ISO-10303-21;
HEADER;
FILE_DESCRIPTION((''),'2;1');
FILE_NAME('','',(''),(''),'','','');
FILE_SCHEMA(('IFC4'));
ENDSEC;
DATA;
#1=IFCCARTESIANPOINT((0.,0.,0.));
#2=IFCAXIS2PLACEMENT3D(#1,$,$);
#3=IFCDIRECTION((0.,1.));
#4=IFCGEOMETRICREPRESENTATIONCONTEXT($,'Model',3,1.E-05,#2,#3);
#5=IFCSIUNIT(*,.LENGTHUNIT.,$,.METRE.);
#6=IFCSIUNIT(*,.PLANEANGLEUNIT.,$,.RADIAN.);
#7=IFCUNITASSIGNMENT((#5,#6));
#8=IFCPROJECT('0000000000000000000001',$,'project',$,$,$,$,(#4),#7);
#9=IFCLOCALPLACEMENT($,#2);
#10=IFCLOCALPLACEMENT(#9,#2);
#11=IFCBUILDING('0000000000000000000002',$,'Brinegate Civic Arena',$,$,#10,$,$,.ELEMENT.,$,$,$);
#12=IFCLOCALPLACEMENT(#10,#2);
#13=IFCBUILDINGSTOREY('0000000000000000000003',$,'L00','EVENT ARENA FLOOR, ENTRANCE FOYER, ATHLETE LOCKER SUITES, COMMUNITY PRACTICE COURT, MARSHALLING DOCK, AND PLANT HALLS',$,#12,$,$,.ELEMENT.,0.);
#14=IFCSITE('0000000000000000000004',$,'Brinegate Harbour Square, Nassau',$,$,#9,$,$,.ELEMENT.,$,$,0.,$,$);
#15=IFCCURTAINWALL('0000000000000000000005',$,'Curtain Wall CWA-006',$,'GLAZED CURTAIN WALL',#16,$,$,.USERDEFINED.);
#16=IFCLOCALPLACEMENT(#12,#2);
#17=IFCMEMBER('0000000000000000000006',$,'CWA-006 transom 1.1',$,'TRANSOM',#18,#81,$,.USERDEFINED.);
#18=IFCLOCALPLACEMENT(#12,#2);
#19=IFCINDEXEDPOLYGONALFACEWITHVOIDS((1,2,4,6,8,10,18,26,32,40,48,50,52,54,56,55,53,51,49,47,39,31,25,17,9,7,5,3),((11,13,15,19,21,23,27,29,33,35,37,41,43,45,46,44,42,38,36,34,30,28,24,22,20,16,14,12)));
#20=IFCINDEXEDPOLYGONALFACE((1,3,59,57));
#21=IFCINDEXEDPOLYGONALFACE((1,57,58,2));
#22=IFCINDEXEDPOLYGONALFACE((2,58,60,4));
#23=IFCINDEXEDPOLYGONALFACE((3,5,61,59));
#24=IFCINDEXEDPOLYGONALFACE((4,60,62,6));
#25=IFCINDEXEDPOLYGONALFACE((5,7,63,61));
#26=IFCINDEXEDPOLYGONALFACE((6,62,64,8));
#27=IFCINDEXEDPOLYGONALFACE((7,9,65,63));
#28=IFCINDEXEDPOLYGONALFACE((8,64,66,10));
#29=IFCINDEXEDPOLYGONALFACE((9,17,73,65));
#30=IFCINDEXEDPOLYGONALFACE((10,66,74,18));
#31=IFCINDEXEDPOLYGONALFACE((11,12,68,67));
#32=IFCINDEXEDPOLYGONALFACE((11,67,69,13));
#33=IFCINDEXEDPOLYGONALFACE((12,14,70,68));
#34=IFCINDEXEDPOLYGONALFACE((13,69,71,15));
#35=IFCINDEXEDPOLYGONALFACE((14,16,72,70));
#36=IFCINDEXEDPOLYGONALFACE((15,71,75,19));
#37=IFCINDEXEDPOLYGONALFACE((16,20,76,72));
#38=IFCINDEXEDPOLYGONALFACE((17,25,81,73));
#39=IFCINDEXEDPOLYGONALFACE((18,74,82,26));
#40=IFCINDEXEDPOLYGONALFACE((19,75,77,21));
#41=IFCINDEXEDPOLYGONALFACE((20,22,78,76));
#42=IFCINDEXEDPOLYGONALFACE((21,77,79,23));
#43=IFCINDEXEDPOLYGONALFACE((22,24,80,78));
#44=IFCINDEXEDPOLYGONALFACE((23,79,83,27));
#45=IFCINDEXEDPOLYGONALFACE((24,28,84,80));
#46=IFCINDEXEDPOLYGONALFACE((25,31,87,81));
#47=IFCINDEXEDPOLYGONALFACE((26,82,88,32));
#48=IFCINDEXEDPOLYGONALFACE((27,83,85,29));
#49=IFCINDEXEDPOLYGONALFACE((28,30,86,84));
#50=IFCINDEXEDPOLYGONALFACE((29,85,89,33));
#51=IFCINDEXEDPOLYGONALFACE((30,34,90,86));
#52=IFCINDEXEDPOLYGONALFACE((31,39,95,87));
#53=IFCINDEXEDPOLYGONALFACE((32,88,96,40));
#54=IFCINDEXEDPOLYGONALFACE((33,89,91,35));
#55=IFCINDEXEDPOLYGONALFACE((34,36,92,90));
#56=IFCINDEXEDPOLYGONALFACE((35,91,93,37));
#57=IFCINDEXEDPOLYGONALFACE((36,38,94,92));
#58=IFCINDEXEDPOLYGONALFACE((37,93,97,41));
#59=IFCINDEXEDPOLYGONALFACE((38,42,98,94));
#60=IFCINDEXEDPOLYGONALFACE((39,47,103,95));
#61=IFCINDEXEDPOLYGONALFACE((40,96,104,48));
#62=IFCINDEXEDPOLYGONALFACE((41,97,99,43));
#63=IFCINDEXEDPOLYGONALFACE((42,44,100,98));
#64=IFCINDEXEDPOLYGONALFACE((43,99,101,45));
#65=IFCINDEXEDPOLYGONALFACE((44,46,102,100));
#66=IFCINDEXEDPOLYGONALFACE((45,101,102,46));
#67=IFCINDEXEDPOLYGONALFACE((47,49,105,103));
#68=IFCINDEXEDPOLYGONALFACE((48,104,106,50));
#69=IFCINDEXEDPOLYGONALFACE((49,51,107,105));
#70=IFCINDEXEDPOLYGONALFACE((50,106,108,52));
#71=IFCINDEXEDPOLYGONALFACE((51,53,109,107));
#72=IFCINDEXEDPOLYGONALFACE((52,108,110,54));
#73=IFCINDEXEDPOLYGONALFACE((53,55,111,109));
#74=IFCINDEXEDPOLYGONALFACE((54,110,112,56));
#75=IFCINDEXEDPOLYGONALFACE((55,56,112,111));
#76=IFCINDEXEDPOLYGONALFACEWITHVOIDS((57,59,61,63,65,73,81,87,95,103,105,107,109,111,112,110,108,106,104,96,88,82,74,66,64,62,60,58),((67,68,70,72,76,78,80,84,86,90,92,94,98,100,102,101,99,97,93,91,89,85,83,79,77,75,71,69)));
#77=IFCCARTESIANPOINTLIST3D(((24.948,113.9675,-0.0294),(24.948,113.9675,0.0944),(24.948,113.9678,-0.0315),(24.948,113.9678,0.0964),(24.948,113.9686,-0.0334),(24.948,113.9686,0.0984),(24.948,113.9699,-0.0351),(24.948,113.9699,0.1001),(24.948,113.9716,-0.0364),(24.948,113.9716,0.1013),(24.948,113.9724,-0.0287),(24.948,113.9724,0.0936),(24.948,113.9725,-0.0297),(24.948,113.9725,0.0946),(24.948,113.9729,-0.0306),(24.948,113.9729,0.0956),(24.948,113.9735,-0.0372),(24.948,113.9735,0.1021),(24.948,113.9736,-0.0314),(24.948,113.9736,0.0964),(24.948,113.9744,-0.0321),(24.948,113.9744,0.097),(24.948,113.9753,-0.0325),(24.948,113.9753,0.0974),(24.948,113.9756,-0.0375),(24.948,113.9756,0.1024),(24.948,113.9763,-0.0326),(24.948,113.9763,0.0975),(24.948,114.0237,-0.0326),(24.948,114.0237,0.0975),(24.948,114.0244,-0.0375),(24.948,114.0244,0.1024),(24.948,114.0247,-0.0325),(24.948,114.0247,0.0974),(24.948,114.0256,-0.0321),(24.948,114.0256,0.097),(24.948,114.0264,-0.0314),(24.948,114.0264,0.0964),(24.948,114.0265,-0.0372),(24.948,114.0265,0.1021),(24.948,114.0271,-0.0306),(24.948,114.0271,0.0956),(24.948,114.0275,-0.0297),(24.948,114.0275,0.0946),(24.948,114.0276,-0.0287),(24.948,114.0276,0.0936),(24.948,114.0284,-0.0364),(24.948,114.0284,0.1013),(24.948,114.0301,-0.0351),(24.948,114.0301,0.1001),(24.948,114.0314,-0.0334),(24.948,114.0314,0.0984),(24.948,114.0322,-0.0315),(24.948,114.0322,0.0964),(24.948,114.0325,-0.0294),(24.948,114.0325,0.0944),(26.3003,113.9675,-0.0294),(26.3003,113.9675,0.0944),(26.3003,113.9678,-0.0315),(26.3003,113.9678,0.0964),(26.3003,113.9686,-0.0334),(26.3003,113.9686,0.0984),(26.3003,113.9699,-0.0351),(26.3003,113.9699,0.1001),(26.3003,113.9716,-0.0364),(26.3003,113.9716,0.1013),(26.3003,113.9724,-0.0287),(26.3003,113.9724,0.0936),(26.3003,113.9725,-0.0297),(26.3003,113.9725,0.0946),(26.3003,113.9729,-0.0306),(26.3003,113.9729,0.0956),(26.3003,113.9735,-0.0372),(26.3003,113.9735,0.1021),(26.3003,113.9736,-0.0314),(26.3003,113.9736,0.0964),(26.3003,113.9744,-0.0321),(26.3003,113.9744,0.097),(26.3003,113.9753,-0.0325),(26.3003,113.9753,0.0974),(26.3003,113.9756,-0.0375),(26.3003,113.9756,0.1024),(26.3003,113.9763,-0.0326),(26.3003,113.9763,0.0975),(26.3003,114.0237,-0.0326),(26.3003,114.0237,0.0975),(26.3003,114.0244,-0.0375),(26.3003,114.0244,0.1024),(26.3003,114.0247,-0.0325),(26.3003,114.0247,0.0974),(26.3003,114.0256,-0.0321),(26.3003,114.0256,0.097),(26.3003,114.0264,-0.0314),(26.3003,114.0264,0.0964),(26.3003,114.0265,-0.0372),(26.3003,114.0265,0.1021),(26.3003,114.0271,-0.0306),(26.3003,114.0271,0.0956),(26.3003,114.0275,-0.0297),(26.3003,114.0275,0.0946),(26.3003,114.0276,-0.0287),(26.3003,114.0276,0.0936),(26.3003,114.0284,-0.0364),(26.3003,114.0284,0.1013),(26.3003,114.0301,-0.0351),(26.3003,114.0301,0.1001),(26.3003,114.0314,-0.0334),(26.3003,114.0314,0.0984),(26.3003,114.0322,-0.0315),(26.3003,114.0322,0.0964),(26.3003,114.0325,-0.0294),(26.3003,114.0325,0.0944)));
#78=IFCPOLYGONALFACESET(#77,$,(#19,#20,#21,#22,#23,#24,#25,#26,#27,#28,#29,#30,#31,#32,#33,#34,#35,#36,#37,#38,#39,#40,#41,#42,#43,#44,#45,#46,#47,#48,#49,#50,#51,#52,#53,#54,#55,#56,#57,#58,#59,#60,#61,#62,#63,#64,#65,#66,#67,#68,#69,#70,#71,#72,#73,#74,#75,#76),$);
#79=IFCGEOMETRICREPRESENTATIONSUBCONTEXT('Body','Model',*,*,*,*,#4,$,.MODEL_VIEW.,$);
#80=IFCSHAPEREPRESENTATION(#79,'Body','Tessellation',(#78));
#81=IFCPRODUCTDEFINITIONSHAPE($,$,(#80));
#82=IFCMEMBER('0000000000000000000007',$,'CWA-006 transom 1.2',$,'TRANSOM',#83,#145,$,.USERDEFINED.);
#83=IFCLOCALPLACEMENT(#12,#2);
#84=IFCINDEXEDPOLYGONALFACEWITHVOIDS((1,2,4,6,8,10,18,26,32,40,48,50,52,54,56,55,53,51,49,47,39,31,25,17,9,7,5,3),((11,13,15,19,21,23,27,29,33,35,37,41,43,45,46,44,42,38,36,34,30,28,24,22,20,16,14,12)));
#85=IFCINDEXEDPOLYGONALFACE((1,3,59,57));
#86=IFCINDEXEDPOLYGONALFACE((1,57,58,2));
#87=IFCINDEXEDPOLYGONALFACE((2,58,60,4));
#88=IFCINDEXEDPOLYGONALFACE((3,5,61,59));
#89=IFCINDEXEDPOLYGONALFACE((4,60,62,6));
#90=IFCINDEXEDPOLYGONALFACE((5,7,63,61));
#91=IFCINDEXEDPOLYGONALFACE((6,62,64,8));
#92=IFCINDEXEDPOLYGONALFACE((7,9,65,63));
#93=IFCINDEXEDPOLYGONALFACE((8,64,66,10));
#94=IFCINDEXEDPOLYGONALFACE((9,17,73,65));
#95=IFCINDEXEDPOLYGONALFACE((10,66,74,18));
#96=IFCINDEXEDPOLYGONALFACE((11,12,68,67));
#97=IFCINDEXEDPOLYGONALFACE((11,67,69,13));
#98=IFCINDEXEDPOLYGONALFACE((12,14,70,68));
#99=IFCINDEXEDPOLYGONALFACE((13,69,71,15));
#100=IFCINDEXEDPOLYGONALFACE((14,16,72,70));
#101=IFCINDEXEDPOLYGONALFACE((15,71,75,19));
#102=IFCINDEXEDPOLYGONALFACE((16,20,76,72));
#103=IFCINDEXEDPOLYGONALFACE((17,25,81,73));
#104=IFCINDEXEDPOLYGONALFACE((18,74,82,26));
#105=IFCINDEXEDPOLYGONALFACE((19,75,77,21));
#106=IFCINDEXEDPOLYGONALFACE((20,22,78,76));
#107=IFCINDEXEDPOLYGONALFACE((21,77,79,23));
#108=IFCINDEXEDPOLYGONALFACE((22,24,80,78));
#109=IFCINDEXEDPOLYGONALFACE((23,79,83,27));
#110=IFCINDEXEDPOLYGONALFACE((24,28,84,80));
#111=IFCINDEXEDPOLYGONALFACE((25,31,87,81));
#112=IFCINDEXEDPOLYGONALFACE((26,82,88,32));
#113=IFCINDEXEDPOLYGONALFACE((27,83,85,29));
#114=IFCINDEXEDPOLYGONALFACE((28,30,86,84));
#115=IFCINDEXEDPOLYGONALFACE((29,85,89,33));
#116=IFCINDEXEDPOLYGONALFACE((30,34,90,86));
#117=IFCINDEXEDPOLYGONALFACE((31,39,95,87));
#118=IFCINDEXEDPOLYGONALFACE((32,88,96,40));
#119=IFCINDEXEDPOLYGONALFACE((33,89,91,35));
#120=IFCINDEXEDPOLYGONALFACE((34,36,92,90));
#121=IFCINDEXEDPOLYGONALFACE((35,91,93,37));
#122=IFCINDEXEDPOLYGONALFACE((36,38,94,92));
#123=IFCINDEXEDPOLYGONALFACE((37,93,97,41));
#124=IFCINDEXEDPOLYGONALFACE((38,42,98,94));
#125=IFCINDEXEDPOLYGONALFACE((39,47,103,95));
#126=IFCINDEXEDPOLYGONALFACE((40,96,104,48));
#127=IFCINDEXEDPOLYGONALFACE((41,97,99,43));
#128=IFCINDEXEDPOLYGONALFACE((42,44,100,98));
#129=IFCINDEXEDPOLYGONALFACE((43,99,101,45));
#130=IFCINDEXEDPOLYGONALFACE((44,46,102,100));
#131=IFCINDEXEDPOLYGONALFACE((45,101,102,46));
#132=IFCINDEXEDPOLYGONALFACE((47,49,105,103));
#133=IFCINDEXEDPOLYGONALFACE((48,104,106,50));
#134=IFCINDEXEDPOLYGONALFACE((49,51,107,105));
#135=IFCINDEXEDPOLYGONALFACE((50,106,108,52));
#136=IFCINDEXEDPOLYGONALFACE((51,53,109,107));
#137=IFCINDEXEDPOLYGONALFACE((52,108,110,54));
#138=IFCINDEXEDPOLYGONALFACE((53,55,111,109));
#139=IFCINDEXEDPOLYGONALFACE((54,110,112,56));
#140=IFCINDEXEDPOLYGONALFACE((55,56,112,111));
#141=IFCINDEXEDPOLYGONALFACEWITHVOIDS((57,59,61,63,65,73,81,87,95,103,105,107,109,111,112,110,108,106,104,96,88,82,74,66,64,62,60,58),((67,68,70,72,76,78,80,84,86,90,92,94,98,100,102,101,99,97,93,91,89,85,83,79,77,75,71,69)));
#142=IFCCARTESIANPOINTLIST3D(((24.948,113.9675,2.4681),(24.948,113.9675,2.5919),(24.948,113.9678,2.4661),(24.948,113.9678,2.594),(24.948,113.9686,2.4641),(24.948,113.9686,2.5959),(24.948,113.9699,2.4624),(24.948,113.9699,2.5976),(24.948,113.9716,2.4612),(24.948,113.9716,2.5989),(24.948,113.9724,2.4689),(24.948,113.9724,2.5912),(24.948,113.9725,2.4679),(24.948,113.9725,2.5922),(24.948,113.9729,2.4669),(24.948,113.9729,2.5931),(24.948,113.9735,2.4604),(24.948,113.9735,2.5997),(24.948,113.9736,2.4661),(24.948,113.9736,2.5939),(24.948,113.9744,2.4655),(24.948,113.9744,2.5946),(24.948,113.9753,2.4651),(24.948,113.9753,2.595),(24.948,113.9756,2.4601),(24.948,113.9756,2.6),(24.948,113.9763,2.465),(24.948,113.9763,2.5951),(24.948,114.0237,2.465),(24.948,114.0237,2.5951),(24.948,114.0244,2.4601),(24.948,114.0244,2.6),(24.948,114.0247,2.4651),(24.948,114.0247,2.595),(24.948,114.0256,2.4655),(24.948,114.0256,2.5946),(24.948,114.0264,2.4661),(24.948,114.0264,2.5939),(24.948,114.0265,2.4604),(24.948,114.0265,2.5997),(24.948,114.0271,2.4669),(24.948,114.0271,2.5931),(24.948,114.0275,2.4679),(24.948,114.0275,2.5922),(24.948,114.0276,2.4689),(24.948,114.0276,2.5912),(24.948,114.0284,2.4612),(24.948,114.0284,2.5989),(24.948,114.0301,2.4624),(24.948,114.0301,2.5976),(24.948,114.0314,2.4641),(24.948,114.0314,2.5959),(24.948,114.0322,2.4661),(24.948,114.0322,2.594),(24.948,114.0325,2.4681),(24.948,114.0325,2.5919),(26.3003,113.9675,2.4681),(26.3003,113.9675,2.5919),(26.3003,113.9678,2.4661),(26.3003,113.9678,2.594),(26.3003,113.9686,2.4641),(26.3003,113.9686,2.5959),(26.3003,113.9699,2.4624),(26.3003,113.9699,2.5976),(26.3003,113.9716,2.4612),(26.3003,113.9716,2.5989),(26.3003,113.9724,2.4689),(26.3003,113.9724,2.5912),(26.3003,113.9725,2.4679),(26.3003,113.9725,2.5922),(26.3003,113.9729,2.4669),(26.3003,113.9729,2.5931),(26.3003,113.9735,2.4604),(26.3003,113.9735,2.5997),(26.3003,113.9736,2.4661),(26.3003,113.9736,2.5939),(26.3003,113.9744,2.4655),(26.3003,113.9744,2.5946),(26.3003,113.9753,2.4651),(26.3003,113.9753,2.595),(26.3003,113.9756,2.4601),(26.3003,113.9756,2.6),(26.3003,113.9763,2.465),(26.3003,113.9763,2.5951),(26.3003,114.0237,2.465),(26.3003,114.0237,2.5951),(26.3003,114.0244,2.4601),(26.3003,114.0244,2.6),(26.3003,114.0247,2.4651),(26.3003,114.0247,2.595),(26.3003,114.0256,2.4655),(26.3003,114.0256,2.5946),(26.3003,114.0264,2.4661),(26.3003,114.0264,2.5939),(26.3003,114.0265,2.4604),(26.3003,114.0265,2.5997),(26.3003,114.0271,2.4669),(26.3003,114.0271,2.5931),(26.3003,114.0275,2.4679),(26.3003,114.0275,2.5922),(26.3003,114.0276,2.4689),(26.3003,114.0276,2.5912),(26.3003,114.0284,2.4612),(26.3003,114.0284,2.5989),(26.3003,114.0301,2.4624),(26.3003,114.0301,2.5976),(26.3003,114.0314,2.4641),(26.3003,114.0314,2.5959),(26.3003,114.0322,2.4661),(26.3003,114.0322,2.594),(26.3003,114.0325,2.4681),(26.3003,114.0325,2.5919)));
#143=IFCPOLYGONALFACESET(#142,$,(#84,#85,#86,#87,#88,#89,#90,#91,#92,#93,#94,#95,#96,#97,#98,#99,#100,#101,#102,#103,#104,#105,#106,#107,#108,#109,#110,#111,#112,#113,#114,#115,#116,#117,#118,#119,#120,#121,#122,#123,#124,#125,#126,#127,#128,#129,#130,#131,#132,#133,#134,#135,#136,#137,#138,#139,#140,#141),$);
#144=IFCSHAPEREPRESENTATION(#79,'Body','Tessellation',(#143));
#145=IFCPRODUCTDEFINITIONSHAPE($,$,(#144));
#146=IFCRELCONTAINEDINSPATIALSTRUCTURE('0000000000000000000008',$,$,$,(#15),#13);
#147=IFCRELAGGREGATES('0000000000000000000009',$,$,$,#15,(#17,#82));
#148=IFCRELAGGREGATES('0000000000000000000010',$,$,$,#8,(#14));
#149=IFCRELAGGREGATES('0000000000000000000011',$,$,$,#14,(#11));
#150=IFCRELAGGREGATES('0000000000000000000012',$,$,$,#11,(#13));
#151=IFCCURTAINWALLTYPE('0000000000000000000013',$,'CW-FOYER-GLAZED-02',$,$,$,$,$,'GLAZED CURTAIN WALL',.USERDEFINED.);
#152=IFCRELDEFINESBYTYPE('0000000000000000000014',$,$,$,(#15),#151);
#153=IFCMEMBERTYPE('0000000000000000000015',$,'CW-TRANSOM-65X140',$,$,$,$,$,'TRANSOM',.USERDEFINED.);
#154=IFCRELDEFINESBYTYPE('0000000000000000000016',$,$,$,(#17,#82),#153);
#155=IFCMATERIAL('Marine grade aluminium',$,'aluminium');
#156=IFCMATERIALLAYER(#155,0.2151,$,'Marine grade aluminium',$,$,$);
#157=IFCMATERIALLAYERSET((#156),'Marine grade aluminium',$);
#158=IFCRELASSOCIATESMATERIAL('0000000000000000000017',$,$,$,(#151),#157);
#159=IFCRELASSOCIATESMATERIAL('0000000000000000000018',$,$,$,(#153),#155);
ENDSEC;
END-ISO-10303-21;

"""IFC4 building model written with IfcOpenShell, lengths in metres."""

from ifc_helpers import new_model, si_unit, direction, frame, origin, origin_2d, place, context, subcontext, project, spatial, hollow_rectangle, extrude, material, layer, layer_set, material_profile, profile_set, type_object, element, aggregate, save


model = new_model("IFC4")

# Units and contexts
model_context = context("Model", 3, precision=1e-05, world=origin(), true_north=direction((0.0, 1.0)))
body_context = subcontext(model_context, "Body", "Model", "MODEL_VIEW")
ifc_project = project(units=[si_unit("LENGTHUNIT", "METRE"), si_unit("PLANEANGLEUNIT", "RADIAN")], contexts=[model_context])

# Site, building, storey
site_placement = place(None, origin())
site = spatial("IfcSite", under=ifc_project, at=site_placement, Name="Brinegate Harbour Square, Nassau", CompositionType="ELEMENT", RefElevation=0.0)
building_placement = place(site_placement, origin())
building = spatial("IfcBuilding", under=site, at=building_placement, Name="Brinegate Civic Arena", CompositionType="ELEMENT")
storey_placement = place(building_placement, origin())
storey = spatial("IfcBuildingStorey", under=building, at=storey_placement, Name="L00", Description="EVENT ARENA FLOOR, ENTRANCE FOYER, ATHLETE LOCKER SUITES, COMMUNITY PRACTICE COURT, MARSHALLING DOCK, AND PLANT HALLS", CompositionType="ELEMENT", Elevation=0.0)

# Curtain wall, members
ifc_material_1 = material(Name="Marine grade aluminium", Category="aluminium")
ifc_layer_1 = layer(ifc_material_1, 0.2151, Name="Marine grade aluminium")
ifc_layer_set_1 = layer_set([ifc_layer_1], Name="Marine grade aluminium")
curtain_wall_type = type_object("IfcCurtainWallType", Name="CW-FOYER-GLAZED-02", ElementType="GLAZED CURTAIN WALL", PredefinedType="USERDEFINED", material=ifc_layer_set_1)
curtain_wall_placement = place(storey_placement, origin())
curtain_wall = element("IfcCurtainWall", 1, at=curtain_wall_placement, inside=storey, type_object=curtain_wall_type, Name="Curtain Wall CWA-006", ObjectType="GLAZED CURTAIN WALL", PredefinedType="USERDEFINED")
ifc_material_profile_1 = material_profile(ifc_material_1, hollow_rectangle(XDim=0.0649, YDim=0.1399, WallThickness=0.0049, InnerFilletRadius=0.0039, OuterFilletRadius=0.0081, at=origin_2d()), Name="TRN65X140")
ifc_profile_set_1 = profile_set([ifc_material_profile_1], Name="Marine grade aluminium")
member_type_1 = type_object("IfcMemberType", Name="CW-TRANSOM-65X140", ElementType="TRANSOM", PredefinedType="USERDEFINED", material=ifc_profile_set_1)
member_1_placement = place(storey_placement, frame((24.948, 114.0, 0.0325), z_axis=(1.0, 0.0, 0.0), x_axis=(0.0, 1.0, 0.0)))
member_1 = element("IfcMember", 2, at=member_1_placement, type_object=member_type_1, Name="CWA-006 transom 1.1", ObjectType="TRANSOM", PredefinedType="USERDEFINED", context=body_context, shape_type="SweptSolid", body=[
    extrude(hollow_rectangle(XDim=0.0649, YDim=0.1399, WallThickness=0.0049, InnerFilletRadius=0.0039, OuterFilletRadius=0.0081, at=origin_2d()), origin(), (0.0, 0.0, 1.0), 1.3523),
])
member_2_placement = place(storey_placement, frame((24.948, 114.0, 2.53), z_axis=(1.0, 0.0, 0.0), x_axis=(0.0, 1.0, 0.0)))
member_2 = element("IfcMember", 3, at=member_2_placement, type_object=member_type_1, Name="CWA-006 transom 1.2", ObjectType="TRANSOM", PredefinedType="USERDEFINED", context=body_context, shape_type="SweptSolid", body=[
    extrude(hollow_rectangle(XDim=0.0649, YDim=0.1399, WallThickness=0.0049, InnerFilletRadius=0.0039, OuterFilletRadius=0.0081, at=origin_2d()), origin(), (0.0, 0.0, 1.0), 1.3523),
])
aggregate(curtain_wall, [member_1, member_2])

save(model, "model.ifc")
